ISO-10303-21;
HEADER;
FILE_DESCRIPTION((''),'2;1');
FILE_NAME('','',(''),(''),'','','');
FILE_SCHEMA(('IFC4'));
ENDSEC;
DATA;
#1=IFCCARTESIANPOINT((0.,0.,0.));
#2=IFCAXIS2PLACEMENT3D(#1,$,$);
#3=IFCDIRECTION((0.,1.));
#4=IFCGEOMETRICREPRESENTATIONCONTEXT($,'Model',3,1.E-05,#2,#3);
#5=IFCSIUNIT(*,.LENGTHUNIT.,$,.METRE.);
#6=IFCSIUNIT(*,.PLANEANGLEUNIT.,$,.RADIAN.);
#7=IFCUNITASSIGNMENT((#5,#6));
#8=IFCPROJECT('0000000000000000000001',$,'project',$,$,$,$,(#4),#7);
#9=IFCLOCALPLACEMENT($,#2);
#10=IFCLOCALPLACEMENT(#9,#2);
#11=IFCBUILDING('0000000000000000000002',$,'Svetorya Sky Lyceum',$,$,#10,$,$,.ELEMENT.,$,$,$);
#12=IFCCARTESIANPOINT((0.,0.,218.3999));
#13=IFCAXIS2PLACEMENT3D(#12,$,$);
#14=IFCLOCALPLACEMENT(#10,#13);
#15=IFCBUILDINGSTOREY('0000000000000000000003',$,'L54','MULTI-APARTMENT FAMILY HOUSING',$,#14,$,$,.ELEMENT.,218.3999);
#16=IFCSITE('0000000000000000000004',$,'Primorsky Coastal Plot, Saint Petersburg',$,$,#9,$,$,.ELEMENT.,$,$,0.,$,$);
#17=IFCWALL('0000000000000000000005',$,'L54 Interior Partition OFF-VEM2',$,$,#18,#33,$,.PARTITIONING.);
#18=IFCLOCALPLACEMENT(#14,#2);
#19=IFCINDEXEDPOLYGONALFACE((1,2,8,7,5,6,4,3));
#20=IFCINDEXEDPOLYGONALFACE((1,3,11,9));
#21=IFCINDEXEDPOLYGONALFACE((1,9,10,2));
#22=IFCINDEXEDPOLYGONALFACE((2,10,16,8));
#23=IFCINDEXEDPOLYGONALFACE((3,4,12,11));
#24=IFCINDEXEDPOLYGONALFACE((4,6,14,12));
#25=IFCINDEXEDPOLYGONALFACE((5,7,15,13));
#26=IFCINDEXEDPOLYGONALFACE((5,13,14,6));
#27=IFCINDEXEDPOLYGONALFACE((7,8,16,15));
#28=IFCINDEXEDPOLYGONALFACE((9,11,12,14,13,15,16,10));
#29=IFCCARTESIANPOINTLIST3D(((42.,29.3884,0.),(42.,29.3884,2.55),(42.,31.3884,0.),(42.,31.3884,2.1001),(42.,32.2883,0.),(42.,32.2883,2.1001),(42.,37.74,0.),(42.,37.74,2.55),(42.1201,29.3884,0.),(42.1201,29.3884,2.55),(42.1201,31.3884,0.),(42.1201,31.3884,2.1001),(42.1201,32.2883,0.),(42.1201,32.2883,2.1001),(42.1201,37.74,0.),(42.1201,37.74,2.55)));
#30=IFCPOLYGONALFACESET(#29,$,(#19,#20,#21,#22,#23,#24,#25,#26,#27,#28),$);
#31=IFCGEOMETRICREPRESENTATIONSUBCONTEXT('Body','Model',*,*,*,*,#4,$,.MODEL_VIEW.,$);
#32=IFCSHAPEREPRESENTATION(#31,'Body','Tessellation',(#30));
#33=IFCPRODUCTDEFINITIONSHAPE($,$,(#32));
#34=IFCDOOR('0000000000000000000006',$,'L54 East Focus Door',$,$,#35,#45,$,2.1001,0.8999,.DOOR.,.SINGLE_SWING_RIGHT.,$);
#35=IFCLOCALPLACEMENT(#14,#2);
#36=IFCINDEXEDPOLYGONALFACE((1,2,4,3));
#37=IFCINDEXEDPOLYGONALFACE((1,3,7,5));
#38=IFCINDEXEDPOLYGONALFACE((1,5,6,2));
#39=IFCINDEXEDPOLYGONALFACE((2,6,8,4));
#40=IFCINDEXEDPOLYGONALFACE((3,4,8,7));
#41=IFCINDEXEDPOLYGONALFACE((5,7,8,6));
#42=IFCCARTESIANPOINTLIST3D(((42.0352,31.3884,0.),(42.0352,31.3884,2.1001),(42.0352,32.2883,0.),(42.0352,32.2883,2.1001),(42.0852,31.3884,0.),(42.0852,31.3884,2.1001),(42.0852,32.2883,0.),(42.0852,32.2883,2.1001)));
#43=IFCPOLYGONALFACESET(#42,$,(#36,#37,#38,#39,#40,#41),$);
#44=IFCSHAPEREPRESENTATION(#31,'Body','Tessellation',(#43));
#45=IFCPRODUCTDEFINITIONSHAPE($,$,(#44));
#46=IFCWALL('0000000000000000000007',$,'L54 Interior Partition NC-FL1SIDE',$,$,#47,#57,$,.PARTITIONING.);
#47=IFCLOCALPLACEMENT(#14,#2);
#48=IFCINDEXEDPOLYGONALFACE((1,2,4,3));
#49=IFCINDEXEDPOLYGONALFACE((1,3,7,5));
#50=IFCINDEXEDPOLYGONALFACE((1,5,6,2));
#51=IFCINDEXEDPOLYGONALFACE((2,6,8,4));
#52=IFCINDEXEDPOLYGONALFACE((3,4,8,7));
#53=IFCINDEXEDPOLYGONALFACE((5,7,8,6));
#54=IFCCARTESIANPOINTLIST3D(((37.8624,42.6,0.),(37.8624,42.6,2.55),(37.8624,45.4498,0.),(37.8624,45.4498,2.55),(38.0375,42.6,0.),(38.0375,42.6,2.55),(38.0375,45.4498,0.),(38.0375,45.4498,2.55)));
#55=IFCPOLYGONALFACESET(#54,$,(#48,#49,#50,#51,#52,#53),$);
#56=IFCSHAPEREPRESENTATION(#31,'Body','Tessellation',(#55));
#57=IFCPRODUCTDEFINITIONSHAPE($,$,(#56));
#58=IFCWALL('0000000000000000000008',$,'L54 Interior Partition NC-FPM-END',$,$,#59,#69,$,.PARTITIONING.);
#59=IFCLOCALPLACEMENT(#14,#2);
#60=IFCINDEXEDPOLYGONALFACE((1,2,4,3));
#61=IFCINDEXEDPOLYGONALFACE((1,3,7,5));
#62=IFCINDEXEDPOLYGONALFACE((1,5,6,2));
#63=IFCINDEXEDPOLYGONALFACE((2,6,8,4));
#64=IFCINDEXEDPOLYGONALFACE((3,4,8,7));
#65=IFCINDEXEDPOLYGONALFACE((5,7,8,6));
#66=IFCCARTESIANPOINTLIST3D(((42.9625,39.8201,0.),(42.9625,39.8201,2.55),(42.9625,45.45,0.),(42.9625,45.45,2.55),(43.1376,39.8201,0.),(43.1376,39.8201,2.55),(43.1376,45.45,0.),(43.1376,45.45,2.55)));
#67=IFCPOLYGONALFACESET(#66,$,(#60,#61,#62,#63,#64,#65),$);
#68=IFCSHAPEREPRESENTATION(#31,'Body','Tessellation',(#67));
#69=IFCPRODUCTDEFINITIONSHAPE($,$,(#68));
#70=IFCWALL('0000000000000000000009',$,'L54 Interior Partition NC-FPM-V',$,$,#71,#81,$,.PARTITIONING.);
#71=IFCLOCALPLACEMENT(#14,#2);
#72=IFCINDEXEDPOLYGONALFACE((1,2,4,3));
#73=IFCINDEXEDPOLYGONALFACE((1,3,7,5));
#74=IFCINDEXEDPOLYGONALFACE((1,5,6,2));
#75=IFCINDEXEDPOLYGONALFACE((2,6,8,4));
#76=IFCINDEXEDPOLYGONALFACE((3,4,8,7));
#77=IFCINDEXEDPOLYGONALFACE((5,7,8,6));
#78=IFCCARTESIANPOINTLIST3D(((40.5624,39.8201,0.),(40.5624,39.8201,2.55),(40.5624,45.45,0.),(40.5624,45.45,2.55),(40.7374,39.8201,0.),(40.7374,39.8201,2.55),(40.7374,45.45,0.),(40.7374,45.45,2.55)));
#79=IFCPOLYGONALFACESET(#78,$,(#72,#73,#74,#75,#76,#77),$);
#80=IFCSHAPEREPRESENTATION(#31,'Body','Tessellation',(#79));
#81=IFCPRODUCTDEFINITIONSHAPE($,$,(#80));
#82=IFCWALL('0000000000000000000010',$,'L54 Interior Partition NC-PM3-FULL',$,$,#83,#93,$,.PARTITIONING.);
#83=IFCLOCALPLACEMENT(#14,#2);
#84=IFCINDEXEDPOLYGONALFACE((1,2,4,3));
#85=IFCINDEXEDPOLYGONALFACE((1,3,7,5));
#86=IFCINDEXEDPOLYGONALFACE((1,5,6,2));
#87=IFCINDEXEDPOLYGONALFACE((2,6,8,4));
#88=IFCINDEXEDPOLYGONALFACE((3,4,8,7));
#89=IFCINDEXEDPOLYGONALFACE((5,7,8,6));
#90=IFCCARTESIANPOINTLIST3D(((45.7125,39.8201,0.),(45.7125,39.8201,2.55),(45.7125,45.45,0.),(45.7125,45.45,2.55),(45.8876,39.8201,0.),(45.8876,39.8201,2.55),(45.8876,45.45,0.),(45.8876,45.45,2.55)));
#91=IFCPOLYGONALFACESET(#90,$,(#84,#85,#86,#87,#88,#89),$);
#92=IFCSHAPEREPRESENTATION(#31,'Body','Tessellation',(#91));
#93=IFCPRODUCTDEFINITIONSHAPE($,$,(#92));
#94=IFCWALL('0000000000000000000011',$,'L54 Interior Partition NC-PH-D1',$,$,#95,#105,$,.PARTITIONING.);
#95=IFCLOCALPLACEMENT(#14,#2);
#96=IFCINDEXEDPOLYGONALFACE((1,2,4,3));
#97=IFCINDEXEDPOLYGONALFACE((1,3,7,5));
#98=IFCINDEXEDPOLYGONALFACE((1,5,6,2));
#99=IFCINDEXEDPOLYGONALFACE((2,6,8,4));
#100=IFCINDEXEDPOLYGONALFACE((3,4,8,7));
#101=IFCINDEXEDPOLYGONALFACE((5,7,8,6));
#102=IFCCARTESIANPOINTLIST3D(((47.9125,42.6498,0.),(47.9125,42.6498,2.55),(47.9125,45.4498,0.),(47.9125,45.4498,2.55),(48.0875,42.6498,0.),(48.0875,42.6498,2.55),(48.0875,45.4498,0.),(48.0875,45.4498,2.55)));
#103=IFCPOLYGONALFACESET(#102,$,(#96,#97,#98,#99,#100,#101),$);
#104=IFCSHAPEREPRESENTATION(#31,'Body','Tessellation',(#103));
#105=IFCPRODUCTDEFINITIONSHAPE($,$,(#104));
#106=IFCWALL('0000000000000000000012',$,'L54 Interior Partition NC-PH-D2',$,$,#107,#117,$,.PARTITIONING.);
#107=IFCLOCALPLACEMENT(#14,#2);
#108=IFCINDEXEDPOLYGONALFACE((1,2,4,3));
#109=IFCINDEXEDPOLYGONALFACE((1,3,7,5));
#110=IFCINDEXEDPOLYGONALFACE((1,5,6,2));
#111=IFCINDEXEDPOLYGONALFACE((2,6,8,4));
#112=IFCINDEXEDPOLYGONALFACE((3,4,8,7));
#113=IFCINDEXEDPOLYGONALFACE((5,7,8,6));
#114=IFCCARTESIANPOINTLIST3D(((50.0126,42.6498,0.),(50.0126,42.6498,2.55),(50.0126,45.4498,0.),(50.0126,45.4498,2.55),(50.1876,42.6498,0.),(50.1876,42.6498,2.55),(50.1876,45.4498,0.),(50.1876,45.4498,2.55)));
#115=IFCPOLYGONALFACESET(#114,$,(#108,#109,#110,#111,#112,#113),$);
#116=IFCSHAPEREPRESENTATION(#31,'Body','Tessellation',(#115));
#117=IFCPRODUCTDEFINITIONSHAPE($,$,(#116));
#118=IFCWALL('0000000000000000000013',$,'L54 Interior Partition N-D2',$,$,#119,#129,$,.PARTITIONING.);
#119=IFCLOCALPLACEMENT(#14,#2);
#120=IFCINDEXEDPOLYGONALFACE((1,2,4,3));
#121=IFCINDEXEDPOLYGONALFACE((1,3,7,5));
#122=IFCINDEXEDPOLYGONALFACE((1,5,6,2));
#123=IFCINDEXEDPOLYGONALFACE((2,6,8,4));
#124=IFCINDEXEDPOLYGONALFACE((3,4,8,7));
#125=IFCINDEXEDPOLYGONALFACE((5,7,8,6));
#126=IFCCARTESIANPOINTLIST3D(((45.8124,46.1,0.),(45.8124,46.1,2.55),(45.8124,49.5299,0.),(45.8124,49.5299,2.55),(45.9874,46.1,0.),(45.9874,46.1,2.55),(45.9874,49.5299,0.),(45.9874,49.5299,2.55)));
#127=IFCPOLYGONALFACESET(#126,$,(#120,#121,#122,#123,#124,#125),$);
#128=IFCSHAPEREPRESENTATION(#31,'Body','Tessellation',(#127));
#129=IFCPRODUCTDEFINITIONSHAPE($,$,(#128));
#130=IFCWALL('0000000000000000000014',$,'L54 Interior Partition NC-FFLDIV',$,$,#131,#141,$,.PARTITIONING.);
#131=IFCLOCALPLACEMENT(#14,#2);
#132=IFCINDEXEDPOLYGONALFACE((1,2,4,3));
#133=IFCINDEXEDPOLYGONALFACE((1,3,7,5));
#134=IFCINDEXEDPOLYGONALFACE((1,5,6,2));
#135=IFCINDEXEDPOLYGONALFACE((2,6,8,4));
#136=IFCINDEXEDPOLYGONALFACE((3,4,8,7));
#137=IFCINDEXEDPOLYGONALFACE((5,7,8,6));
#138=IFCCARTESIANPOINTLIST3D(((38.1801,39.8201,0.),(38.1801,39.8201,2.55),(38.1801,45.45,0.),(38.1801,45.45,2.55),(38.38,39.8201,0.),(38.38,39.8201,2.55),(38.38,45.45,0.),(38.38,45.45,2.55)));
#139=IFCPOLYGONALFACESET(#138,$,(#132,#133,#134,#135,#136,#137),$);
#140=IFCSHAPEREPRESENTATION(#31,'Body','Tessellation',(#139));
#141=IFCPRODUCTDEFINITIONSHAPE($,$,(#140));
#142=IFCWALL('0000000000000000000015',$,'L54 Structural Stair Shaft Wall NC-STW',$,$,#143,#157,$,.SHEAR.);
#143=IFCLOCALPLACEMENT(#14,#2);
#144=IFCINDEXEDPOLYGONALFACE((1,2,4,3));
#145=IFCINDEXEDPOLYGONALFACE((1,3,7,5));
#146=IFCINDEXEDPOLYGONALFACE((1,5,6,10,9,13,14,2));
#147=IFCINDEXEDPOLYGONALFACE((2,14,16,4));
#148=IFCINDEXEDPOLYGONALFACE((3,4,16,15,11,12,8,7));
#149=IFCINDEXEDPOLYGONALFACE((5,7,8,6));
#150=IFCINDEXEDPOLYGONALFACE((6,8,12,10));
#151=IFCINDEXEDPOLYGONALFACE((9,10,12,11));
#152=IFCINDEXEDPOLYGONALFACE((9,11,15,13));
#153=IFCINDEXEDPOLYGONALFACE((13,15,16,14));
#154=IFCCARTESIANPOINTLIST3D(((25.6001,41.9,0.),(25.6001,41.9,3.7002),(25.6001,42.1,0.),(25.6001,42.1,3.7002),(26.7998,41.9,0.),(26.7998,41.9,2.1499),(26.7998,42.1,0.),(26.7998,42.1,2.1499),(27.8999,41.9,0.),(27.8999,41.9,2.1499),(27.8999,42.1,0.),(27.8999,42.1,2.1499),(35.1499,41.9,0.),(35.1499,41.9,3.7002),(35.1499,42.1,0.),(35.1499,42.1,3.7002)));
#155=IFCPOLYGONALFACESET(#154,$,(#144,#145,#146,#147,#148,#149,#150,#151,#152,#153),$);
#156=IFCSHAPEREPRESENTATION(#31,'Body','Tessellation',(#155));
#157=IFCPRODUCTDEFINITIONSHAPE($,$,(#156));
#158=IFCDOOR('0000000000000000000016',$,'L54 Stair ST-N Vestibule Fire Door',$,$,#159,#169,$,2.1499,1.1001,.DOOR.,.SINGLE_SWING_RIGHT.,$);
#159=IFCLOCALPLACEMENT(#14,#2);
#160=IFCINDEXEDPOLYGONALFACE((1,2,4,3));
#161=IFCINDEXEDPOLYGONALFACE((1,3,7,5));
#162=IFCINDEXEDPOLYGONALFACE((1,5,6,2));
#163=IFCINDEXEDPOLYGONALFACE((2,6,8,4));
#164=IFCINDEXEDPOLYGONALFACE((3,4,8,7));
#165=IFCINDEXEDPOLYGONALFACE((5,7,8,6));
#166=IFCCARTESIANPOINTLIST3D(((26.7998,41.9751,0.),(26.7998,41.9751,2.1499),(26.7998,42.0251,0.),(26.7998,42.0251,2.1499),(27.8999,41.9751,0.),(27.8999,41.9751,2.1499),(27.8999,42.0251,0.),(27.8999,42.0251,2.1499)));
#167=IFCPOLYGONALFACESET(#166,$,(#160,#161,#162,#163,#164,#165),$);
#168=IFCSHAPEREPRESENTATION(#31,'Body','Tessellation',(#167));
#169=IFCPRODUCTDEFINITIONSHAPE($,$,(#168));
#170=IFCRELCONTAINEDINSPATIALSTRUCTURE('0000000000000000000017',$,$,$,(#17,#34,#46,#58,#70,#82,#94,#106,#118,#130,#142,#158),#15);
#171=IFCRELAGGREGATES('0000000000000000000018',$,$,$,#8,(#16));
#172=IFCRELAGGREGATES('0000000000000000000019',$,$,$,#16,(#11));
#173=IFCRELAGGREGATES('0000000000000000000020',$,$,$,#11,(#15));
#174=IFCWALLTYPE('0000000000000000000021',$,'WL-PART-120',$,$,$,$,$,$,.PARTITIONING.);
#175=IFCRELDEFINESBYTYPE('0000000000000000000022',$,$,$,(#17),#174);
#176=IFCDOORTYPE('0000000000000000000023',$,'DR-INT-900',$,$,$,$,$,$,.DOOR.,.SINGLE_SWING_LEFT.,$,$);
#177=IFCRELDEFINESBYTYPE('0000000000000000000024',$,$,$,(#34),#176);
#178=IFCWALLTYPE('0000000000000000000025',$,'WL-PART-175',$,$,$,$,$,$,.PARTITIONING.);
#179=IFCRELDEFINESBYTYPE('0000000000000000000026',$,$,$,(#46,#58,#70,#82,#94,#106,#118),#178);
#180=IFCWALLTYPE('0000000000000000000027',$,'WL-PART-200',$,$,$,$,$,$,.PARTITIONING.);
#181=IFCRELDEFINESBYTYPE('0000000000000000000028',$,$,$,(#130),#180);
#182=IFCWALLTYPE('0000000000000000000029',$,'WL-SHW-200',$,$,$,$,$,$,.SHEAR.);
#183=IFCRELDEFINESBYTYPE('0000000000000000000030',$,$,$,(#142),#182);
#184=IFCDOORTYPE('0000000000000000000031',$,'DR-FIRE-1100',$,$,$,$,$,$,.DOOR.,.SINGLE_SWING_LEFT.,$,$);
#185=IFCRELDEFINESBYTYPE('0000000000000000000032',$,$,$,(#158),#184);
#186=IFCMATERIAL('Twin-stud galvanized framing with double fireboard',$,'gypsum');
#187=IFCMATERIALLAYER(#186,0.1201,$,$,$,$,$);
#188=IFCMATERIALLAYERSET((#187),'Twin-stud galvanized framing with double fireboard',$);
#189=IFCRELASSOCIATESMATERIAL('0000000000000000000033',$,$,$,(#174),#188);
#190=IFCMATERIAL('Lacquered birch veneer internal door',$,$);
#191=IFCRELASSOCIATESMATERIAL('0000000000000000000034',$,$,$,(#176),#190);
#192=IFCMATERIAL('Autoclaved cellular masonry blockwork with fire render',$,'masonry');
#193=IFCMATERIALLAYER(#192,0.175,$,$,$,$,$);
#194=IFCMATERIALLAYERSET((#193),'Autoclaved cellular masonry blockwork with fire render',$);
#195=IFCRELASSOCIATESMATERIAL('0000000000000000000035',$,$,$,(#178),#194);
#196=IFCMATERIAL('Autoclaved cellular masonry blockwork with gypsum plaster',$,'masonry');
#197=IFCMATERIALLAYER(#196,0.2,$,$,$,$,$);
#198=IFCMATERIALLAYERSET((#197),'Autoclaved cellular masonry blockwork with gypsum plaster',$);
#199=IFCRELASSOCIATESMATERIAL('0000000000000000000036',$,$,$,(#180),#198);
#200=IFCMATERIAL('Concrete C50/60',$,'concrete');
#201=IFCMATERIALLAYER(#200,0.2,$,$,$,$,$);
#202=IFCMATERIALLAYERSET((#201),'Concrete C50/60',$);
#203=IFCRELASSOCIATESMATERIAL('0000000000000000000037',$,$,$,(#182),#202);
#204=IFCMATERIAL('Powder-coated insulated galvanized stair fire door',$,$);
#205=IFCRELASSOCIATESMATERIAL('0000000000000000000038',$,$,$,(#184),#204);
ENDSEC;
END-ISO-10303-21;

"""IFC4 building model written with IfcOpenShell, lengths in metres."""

from ifc_helpers import new_model, si_unit, direction, frame, frame_2d, origin, place, context, subcontext, project, spatial, rectangle, extrude, material, layer, layer_set, type_object, element, fill, save


model = new_model("IFC4")

# Units and contexts
model_context = context("Model", 3, precision=1e-05, world=origin(), true_north=direction((0.0, 1.0)))
body_context = subcontext(model_context, "Body", "Model", "MODEL_VIEW")
ifc_project = project(units=[si_unit("LENGTHUNIT", "METRE"), si_unit("PLANEANGLEUNIT", "RADIAN")], contexts=[model_context])

# Site, building, storey
site_placement = place(None, origin())
site = spatial("IfcSite", under=ifc_project, at=site_placement, Name="Primorsky Coastal Plot, Saint Petersburg", CompositionType="ELEMENT", RefElevation=0.0)
building_placement = place(site_placement, origin())
building = spatial("IfcBuilding", under=site, at=building_placement, Name="Svetorya Sky Lyceum", CompositionType="ELEMENT")
storey_placement = place(building_placement, frame((0.0, 0.0, 218.3999)))
storey = spatial("IfcBuildingStorey", under=building, at=storey_placement, Name="L54", Description="MULTI-APARTMENT FAMILY HOUSING", CompositionType="ELEMENT", Elevation=218.3999)

# Shared definitions
ifc_material_1 = material(Name="Concrete C50/60", Category="concrete")

# Wall, opening, door
ifc_material_2 = material(Name="Twin-stud galvanized framing with double fireboard", Category="gypsum")
ifc_layer_1 = layer(ifc_material_2, 0.1201)
ifc_layer_set_1 = layer_set([ifc_layer_1], Name="Twin-stud galvanized framing with double fireboard")
wall_type_1 = type_object("IfcWallType", Name="WL-PART-120", PredefinedType="PARTITIONING", material=ifc_layer_set_1)
wall_1_placement = place(storey_placement, frame((42.0601, 29.3884, 0.0), z_axis=(0.0, 0.0, 1.0), x_axis=(0.0, 1.0, 0.0)))
wall_1 = element("IfcWall", 1, at=wall_1_placement, inside=storey, type_object=wall_type_1, Name="L54 Interior Partition OFF-VEM2", PredefinedType="PARTITIONING", context=body_context, shape_type="SweptSolid", body=[
    extrude(rectangle(XDim=8.3516, YDim=0.1201, at=frame_2d((4.1758, 0.0))), origin(), (0.0, 0.0, 1.0), 2.55),
])
opening_1_placement = place(wall_1_placement, frame((2.0, 0.0, 0.0)))
opening_1 = element("IfcOpeningElement", 2, at=opening_1_placement, cuts=wall_1, PredefinedType="OPENING", context=body_context, shape_type="SweptSolid", body=[
    extrude(rectangle(XDim=0.8999, YDim=2.1001, at=frame_2d((0.45, 1.05))), frame((0.0, 0.0701, 0.0), z_axis=(0.0, -1.0, 0.0), x_axis=(1.0, 0.0, 0.0)), (0.0, 0.0, 1.0), 0.1401),
])
ifc_material_3 = material(Name="Lacquered birch veneer internal door")
door_type_1 = type_object("IfcDoorType", Name="DR-INT-900", OperationType="SINGLE_SWING_LEFT", PredefinedType="DOOR", material=ifc_material_3)
door_1_placement = place(opening_1_placement, origin())
door_1 = element("IfcDoor", 3, at=door_1_placement, inside=storey, type_object=door_type_1, Name="L54 East Focus Door", OperationType="SINGLE_SWING_RIGHT", OverallHeight=2.1001, OverallWidth=0.8999, PredefinedType="DOOR", context=body_context, shape_type="SweptSolid", body=[
    extrude(rectangle(XDim=0.8999, YDim=2.1001, at=frame_2d((0.45, 1.05))), frame((0.0, 0.0249, 0.0), z_axis=(0.0, -1.0, 0.0), x_axis=(1.0, 0.0, 0.0)), (0.0, 0.0, 1.0), 0.05),
])
fill(opening_1, door_1)

# Walls
ifc_material_4 = material(Name="Autoclaved cellular masonry blockwork with fire render", Category="masonry")
ifc_layer_2 = layer(ifc_material_4, 0.175)
ifc_layer_set_2 = layer_set([ifc_layer_2], Name="Autoclaved cellular masonry blockwork with fire render")
wall_type_2 = type_object("IfcWallType", Name="WL-PART-175", PredefinedType="PARTITIONING", material=ifc_layer_set_2)
wall_2_placement = place(storey_placement, frame((37.95, 42.6001, 0.0), z_axis=(0.0, 0.0, 1.0), x_axis=(0.0, 1.0, 0.0)))
element("IfcWall", 4, at=wall_2_placement, inside=storey, type_object=wall_type_2, Name="L54 Interior Partition NC-FL1SIDE", PredefinedType="PARTITIONING", context=body_context, shape_type="SweptSolid", body=[
    extrude(rectangle(XDim=2.8499, YDim=0.175, at=frame_2d((1.4248, 0.0))), origin(), (0.0, 0.0, 1.0), 2.55),
])
for number, where, z_axis, x_axis, name in (
    (5, (43.05, 39.8201, 0.0), (0.0, 0.0, 1.0), (0.0, 1.0, 0.0), "L54 Interior Partition NC-FPM-END"),
    (6, (40.6499, 39.8201, 0.0), (0.0, 0.0, 1.0), (0.0, 1.0, 0.0), "L54 Interior Partition NC-FPM-V"),
    (7, (45.8, 39.8201, 0.0), (0.0, 0.0, 1.0), (0.0, 1.0, 0.0), "L54 Interior Partition NC-PM3-FULL"),
):
    element("IfcWall", number, at=place(storey_placement, frame(where, z_axis=z_axis, x_axis=x_axis)), inside=storey, type_object=wall_type_2, Name=name, PredefinedType="PARTITIONING", context=body_context, shape_type="SweptSolid", body=[
        extrude(rectangle(XDim=5.6299, YDim=0.175, at=frame_2d((2.8149, 0.0))), origin(), (0.0, 0.0, 1.0), 2.55),
    ])
for number, where, z_axis, x_axis, name in (
    (8, (48.0, 42.6499, 0.0), (0.0, 0.0, 1.0), (0.0, 1.0, 0.0), "L54 Interior Partition NC-PH-D1"),
    (9, (50.1001, 42.6499, 0.0), (0.0, 0.0, 1.0), (0.0, 1.0, 0.0), "L54 Interior Partition NC-PH-D2"),
):
    element("IfcWall", number, at=place(storey_placement, frame(where, z_axis=z_axis, x_axis=x_axis)), inside=storey, type_object=wall_type_2, Name=name, PredefinedType="PARTITIONING", context=body_context, shape_type="SweptSolid", body=[
        extrude(rectangle(XDim=2.8, YDim=0.175, at=frame_2d((1.3999, 0.0))), origin(), (0.0, 0.0, 1.0), 2.55),
    ])
wall_3_placement = place(storey_placement, frame((45.8999, 46.1001, 0.0), z_axis=(0.0, 0.0, 1.0), x_axis=(0.0, 1.0, 0.0)))
element("IfcWall", 10, at=wall_3_placement, inside=storey, type_object=wall_type_2, Name="L54 Interior Partition N-D2", PredefinedType="PARTITIONING", context=body_context, shape_type="SweptSolid", body=[
    extrude(rectangle(XDim=3.4299, YDim=0.175, at=frame_2d((1.7148, 0.0))), origin(), (0.0, 0.0, 1.0), 2.55),
])

# Shared definitions
ifc_material_5 = material(Name="Autoclaved cellular masonry blockwork with gypsum plaster", Category="masonry")
ifc_layer_3 = layer(ifc_material_5, 0.2)
ifc_layer_set_3 = layer_set([ifc_layer_3], Name="Autoclaved cellular masonry blockwork with gypsum plaster")
wall_type_3 = type_object("IfcWallType", Name="WL-PART-200", PredefinedType="PARTITIONING", material=ifc_layer_set_3)

# Wall
wall_4_placement = place(storey_placement, frame((38.28, 39.8201, 0.0), z_axis=(0.0, 0.0, 1.0), x_axis=(0.0, 1.0, 0.0)))
element("IfcWall", 11, at=wall_4_placement, inside=storey, type_object=wall_type_3, Name="L54 Interior Partition NC-FFLDIV", PredefinedType="PARTITIONING", context=body_context, shape_type="SweptSolid", body=[
    extrude(rectangle(XDim=5.6299, YDim=0.2, at=frame_2d((2.8149, 0.0))), origin(), (0.0, 0.0, 1.0), 2.55),
])

# Wall, opening, door
ifc_layer_4 = layer(ifc_material_1, 0.2)
ifc_layer_set_4 = layer_set([ifc_layer_4], Name="Concrete C50/60")
wall_type_4 = type_object("IfcWallType", Name="WL-SHW-200", PredefinedType="SHEAR", material=ifc_layer_set_4)
wall_5_placement = place(storey_placement, frame((35.1499, 42.0, 0.0), z_axis=(0.0, 0.0, 1.0), x_axis=(-1.0, 0.0, 0.0)))
wall_5 = element("IfcWall", 12, at=wall_5_placement, inside=storey, type_object=wall_type_4, Name="L54 Structural Stair Shaft Wall NC-STW", PredefinedType="SHEAR", context=body_context, shape_type="SweptSolid", body=[
    extrude(rectangle(XDim=9.5498, YDim=0.2, at=frame_2d((4.7749, 0.0))), origin(), (0.0, 0.0, 1.0), 3.7002),
])
opening_2_placement = place(wall_5_placement, frame((7.25, 0.0, 0.0)))
opening_2 = element("IfcOpeningElement", 13, at=opening_2_placement, cuts=wall_5, PredefinedType="OPENING", context=body_context, shape_type="SweptSolid", body=[
    extrude(rectangle(XDim=1.1001, YDim=2.1499, at=frame_2d((0.55, 1.075))), frame((0.0, 0.1099, 0.0), z_axis=(0.0, -1.0, 0.0), x_axis=(1.0, 0.0, 0.0)), (0.0, 0.0, 1.0), 0.22),
])
ifc_material_6 = material(Name="Powder-coated insulated galvanized stair fire door")
door_type_2 = type_object("IfcDoorType", Name="DR-FIRE-1100", OperationType="SINGLE_SWING_LEFT", PredefinedType="DOOR", material=ifc_material_6)
door_2_placement = place(opening_2_placement, origin())
door_2 = element("IfcDoor", 14, at=door_2_placement, inside=storey, type_object=door_type_2, Name="L54 Stair ST-N Vestibule Fire Door", OperationType="SINGLE_SWING_RIGHT", OverallHeight=2.1499, OverallWidth=1.1001, PredefinedType="DOOR", context=body_context, shape_type="SweptSolid", body=[
    extrude(rectangle(XDim=1.1001, YDim=2.1499, at=frame_2d((0.55, 1.075))), frame((0.0, 0.0249, 0.0), z_axis=(0.0, -1.0, 0.0), x_axis=(1.0, 0.0, 0.0)), (0.0, 0.0, 1.0), 0.05),
])
fill(opening_2, door_2)

save(model, "model.ifc")
